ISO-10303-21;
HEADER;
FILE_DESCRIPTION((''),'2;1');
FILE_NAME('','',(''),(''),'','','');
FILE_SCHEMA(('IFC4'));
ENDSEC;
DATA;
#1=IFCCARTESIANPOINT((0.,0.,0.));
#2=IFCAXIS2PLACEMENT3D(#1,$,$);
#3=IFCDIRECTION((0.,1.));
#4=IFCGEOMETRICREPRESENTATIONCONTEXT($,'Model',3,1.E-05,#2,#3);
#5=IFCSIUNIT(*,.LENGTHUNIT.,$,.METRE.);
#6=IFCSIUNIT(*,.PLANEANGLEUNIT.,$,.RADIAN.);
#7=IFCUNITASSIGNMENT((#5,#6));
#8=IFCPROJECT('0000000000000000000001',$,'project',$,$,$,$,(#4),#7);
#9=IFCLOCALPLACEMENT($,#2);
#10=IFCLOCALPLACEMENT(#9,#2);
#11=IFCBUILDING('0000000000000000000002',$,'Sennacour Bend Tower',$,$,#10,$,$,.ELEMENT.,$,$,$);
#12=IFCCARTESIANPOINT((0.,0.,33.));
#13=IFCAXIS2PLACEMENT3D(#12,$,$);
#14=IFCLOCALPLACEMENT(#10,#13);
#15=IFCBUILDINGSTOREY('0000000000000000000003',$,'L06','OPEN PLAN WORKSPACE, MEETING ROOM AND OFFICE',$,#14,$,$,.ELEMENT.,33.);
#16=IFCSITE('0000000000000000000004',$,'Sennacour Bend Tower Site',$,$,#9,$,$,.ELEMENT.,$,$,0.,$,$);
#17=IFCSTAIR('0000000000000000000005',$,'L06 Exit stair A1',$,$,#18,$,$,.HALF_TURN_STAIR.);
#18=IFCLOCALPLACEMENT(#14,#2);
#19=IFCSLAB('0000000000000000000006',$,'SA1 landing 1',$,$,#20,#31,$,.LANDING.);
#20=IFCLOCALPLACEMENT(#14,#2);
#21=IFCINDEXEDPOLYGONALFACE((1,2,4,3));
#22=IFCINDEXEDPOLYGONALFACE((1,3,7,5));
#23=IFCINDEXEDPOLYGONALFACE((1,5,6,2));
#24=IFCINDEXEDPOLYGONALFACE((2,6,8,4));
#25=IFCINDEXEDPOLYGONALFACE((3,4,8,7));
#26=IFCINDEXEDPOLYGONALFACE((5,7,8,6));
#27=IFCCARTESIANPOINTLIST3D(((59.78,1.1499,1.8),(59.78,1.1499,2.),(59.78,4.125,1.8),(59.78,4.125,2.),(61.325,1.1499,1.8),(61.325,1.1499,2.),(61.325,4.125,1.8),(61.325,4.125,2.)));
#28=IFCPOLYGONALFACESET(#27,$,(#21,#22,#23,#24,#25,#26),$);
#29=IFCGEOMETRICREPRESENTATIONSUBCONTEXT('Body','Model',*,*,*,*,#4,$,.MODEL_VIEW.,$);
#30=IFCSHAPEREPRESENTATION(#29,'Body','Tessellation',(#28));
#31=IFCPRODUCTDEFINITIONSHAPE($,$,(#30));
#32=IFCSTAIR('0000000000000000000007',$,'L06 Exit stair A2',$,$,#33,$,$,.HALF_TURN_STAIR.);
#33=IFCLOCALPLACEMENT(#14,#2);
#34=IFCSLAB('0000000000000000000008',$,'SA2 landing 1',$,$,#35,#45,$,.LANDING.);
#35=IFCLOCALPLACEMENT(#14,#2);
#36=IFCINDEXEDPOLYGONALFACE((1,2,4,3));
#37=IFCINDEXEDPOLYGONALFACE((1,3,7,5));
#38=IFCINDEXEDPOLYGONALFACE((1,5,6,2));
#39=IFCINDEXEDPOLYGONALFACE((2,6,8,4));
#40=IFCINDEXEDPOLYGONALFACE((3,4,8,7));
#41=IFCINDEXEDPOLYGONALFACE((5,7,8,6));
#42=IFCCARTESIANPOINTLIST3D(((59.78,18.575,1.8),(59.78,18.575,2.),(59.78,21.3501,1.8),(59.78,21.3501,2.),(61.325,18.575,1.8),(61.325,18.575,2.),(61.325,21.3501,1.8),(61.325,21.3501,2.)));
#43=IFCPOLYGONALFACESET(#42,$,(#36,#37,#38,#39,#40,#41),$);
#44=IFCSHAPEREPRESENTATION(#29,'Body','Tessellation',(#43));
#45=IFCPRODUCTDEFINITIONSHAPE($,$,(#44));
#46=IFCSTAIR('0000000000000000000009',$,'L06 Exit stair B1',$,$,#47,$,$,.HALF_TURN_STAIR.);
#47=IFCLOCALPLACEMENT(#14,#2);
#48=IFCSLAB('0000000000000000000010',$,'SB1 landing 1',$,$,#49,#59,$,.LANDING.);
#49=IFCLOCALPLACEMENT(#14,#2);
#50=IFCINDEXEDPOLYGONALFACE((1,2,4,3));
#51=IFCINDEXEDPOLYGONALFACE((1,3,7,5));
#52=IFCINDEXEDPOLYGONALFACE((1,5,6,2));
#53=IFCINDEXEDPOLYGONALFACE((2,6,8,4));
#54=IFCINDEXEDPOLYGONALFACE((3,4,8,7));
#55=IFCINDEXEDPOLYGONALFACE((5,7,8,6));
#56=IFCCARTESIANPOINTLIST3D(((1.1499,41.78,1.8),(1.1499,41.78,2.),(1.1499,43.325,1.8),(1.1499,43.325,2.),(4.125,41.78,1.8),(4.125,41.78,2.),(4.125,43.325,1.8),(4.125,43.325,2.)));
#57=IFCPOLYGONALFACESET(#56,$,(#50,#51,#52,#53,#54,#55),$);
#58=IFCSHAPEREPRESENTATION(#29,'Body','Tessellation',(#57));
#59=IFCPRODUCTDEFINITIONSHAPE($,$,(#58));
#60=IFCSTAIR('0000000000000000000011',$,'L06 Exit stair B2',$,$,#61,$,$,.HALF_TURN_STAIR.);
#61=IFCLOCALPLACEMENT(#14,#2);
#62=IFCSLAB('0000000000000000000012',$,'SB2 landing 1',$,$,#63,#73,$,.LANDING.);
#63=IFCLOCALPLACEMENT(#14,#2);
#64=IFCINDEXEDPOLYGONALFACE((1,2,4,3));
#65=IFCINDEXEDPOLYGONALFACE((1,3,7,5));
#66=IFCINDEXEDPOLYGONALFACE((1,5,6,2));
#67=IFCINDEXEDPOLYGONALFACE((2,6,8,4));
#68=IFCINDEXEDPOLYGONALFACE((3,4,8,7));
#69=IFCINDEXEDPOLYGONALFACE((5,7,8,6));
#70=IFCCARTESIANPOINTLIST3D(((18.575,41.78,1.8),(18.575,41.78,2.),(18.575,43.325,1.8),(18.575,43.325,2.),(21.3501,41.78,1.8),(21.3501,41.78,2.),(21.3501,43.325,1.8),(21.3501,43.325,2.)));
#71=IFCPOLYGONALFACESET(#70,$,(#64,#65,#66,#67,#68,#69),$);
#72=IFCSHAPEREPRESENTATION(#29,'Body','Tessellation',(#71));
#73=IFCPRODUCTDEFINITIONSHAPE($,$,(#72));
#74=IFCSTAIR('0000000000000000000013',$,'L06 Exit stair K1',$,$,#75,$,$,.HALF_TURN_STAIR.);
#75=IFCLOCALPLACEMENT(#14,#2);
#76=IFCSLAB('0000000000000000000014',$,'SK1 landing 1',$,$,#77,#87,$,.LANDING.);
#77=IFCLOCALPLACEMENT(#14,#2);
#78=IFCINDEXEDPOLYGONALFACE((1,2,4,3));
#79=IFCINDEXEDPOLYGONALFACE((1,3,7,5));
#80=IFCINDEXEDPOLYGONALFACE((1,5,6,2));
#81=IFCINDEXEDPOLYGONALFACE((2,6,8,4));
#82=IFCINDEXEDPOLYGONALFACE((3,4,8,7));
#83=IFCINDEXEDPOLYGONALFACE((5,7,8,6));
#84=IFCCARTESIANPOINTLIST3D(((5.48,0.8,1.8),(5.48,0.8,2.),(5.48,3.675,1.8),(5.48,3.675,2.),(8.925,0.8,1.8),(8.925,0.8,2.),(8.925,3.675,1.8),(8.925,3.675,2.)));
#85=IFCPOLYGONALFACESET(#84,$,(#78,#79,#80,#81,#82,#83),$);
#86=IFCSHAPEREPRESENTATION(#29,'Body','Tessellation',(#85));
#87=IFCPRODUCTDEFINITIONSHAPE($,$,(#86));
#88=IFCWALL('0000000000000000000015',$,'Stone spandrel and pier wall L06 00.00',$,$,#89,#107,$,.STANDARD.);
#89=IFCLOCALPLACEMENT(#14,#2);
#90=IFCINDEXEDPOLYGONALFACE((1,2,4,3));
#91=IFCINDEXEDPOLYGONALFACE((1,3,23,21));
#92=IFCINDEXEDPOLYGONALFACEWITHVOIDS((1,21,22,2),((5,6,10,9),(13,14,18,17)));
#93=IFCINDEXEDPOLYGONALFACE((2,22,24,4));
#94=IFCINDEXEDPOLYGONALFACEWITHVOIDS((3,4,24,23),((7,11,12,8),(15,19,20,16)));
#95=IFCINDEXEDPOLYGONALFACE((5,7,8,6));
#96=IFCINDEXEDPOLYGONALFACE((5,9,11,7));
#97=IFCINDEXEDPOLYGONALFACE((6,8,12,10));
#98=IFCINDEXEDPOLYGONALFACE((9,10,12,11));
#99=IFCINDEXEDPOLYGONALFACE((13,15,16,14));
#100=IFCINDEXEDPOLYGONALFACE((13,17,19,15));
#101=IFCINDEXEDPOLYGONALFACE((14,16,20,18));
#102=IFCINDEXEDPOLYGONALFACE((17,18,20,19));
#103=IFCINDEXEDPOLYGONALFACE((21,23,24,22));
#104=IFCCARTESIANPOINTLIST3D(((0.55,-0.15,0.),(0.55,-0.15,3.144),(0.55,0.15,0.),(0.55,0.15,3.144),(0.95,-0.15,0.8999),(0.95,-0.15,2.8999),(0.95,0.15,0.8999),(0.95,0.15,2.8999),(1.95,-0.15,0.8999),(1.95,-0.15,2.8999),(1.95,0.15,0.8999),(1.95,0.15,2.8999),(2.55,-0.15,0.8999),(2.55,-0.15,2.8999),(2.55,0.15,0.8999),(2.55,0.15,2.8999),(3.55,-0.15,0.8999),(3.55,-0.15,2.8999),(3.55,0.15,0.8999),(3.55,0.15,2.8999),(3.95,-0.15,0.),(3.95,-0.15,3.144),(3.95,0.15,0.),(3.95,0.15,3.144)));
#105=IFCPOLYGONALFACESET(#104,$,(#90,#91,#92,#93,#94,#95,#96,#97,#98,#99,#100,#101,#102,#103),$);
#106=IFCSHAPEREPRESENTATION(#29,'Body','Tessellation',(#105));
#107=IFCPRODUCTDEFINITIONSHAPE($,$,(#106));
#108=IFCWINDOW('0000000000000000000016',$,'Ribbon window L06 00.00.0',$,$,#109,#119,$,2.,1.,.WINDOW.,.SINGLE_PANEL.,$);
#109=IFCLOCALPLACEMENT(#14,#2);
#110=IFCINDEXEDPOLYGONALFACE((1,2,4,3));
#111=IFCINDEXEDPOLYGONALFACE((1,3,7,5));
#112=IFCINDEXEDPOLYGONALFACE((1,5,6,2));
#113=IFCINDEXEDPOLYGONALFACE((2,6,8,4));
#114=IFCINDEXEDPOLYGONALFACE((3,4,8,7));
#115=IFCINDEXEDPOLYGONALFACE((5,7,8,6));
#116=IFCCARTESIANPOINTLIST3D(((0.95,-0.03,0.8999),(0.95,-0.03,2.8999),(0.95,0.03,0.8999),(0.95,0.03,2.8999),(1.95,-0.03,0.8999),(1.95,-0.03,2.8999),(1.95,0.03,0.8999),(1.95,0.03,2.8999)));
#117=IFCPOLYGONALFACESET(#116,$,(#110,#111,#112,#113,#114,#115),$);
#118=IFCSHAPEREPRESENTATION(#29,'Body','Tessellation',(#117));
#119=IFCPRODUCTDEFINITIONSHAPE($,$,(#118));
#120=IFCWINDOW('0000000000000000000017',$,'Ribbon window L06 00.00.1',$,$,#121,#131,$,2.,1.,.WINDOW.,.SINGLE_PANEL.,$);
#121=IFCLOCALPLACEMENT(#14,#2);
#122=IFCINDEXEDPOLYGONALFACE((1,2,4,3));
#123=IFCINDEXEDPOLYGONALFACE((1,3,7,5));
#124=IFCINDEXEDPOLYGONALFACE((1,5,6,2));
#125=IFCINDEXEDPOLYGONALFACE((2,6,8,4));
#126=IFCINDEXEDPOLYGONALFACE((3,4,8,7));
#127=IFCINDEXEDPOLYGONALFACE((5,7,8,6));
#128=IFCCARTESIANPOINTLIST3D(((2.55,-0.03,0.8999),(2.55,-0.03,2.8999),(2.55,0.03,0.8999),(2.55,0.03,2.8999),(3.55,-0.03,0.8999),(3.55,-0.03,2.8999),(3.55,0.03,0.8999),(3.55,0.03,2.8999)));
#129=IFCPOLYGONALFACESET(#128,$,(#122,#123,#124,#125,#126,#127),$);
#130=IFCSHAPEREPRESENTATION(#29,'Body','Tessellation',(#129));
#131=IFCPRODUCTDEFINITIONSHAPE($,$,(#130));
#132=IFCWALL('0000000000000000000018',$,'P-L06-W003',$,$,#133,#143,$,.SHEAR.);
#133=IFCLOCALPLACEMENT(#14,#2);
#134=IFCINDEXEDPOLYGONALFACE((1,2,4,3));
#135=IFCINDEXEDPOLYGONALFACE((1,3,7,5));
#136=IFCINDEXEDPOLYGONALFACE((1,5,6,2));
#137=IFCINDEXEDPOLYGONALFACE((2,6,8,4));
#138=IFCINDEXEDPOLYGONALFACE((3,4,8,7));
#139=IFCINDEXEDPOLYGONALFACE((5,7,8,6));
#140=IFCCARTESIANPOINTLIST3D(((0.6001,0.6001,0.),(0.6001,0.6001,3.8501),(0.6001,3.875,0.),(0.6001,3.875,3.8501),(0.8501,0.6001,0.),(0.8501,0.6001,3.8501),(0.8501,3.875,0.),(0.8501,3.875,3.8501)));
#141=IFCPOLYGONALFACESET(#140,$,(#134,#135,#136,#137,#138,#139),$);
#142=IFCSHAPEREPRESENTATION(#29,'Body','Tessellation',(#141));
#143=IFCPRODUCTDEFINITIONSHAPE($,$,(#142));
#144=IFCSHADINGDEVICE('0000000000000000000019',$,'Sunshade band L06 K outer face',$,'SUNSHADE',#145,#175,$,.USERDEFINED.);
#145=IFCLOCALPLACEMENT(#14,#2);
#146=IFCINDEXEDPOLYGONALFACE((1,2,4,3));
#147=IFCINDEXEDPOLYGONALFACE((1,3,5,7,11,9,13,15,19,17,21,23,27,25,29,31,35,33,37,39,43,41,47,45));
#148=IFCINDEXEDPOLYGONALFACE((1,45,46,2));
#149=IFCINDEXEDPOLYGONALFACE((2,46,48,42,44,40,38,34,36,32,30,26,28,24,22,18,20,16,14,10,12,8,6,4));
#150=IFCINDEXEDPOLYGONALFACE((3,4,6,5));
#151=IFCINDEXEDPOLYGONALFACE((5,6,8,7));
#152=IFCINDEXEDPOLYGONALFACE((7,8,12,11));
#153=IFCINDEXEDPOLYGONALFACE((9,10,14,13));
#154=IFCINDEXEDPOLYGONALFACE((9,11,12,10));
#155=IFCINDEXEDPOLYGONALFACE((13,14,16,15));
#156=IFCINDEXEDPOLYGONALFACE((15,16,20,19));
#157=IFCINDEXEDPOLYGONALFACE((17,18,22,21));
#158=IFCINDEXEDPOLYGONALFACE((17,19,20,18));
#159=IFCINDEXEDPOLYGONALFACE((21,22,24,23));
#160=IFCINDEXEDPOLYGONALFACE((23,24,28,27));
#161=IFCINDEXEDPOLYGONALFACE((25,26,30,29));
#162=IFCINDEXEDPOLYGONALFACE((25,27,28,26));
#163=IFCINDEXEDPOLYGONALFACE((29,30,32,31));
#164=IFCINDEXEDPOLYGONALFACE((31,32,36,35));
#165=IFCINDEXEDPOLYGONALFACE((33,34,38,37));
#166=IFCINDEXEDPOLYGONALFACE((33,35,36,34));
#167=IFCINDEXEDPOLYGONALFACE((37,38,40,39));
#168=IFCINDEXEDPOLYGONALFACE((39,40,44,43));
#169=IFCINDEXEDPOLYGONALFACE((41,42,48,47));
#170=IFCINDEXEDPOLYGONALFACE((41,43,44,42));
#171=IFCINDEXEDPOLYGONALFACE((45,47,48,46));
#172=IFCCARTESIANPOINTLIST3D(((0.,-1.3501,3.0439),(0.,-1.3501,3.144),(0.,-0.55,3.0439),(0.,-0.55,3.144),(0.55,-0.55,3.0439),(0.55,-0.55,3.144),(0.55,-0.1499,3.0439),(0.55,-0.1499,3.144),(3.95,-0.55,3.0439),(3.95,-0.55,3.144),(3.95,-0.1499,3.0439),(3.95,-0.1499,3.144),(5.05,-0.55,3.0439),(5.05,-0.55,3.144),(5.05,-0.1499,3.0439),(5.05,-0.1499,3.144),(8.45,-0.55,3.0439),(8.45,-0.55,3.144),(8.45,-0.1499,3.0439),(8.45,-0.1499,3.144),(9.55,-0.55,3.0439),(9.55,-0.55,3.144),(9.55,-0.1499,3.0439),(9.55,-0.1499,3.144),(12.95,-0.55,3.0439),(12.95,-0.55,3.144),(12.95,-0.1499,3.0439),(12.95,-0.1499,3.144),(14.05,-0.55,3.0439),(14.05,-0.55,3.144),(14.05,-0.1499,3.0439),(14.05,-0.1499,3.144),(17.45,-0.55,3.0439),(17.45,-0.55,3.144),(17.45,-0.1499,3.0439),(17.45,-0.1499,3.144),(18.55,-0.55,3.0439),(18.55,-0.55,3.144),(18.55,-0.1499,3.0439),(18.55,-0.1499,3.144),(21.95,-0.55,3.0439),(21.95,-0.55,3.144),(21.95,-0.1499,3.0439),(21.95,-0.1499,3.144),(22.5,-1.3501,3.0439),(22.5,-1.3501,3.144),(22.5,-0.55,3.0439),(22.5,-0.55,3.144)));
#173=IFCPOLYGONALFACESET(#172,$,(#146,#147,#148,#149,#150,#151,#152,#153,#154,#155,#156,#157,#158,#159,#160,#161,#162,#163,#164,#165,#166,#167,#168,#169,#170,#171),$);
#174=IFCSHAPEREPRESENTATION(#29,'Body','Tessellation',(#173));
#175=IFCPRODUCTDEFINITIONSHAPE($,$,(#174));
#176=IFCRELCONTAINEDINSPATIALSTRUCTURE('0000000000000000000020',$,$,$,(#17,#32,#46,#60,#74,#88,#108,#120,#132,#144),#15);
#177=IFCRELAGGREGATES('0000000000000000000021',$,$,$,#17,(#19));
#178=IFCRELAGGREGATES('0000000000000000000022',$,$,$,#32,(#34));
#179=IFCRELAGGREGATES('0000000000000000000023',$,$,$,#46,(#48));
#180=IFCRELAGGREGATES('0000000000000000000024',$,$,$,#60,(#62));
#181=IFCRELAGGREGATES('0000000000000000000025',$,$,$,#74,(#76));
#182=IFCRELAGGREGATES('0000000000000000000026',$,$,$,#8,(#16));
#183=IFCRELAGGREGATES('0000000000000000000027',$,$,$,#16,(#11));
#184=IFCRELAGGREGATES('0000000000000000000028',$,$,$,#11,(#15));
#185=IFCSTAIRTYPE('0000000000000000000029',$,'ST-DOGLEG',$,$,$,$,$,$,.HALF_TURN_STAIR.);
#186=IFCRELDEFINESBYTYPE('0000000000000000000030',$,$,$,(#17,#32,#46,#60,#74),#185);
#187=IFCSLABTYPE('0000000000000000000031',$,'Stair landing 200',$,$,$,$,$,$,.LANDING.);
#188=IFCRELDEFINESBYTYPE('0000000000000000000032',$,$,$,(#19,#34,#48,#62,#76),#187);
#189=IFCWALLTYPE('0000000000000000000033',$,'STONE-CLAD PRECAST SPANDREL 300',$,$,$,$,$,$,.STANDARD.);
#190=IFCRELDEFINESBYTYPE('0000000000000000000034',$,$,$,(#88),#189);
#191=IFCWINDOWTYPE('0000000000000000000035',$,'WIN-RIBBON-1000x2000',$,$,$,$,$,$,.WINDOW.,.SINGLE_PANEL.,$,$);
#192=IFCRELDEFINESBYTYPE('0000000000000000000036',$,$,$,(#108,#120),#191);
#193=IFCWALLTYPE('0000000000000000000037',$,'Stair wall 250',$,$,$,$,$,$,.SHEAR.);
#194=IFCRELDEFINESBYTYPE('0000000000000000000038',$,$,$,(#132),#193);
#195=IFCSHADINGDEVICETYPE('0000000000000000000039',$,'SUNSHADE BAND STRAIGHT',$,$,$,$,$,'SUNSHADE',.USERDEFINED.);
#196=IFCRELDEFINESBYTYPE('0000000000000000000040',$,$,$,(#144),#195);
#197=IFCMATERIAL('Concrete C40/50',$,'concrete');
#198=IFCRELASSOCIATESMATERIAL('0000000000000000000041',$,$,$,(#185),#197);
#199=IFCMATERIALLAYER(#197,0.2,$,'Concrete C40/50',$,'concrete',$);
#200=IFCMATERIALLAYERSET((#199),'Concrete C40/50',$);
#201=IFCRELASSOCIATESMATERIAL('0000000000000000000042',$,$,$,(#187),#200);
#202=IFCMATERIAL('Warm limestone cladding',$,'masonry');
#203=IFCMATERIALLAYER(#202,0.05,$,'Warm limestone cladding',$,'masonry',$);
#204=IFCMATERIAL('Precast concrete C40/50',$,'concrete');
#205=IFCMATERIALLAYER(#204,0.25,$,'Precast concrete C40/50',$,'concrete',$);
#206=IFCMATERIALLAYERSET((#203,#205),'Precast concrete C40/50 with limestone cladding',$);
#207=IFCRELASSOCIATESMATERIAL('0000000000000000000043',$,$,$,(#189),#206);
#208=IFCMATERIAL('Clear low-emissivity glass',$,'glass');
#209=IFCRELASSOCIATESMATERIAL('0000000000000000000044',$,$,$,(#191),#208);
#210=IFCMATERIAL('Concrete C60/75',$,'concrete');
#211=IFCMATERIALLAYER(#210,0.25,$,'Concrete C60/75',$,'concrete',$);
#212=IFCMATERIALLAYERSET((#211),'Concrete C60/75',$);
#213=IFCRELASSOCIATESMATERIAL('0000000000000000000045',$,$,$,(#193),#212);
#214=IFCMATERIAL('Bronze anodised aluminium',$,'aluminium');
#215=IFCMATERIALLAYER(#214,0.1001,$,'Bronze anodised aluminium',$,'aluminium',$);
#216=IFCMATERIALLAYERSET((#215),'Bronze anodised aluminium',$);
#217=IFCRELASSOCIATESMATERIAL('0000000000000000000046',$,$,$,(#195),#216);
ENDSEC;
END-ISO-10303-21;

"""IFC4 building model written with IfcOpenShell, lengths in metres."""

from ifc_helpers import new_model, si_unit, direction, frame, frame_2d, origin, place, context, subcontext, project, spatial, polyline, rectangle, outline, extrude, material, layer, layer_set, type_object, element, fill, aggregate, save


model = new_model("IFC4")

# Units and contexts
model_context = context("Model", 3, precision=1e-05, world=origin(), true_north=direction((0.0, 1.0)))
body_context = subcontext(model_context, "Body", "Model", "MODEL_VIEW")
ifc_project = project(units=[si_unit("LENGTHUNIT", "METRE"), si_unit("PLANEANGLEUNIT", "RADIAN")], contexts=[model_context])

# Site, building, storey
site_placement = place(None, origin())
site = spatial("IfcSite", under=ifc_project, at=site_placement, Name="Sennacour Bend Tower Site", CompositionType="ELEMENT", RefElevation=0.0)
building_placement = place(site_placement, origin())
building = spatial("IfcBuilding", under=site, at=building_placement, Name="Sennacour Bend Tower", CompositionType="ELEMENT")
storey_placement = place(building_placement, frame((0.0, 0.0, 33.0)))
storey = spatial("IfcBuildingStorey", under=building, at=storey_placement, Name="L06", Description="OPEN PLAN WORKSPACE, MEETING ROOM AND OFFICE", CompositionType="ELEMENT", Elevation=33.0)

# Shared definitions
ifc_material_1 = material(Name="Concrete C40/50", Category="concrete")

# Stairs, slabs
stair_type = type_object("IfcStairType", Name="ST-DOGLEG", PredefinedType="HALF_TURN_STAIR", material=ifc_material_1)
stair_1_placement = place(storey_placement, origin())
stair_1 = element("IfcStair", 1, at=stair_1_placement, inside=storey, type_object=stair_type, Name="L06 Exit stair A1", PredefinedType="HALF_TURN_STAIR")
ifc_layer_1 = layer(ifc_material_1, 0.2, Name="Concrete C40/50", Category="concrete")
ifc_layer_set_1 = layer_set([ifc_layer_1], Name="Concrete C40/50")
slab_type_1 = type_object("IfcSlabType", Name="Stair landing 200", PredefinedType="LANDING", material=ifc_layer_set_1)
slab_1_placement = place(storey_placement, frame((0.0, 0.0, 1.8)))
slab_1 = element("IfcSlab", 2, at=slab_1_placement, type_object=slab_type_1, Name="SA1 landing 1", PredefinedType="LANDING", context=body_context, shape_type="SweptSolid", body=[
    extrude(outline(polyline([(59.78, 1.1499), (61.325, 1.1499), (61.325, 4.125), (59.78, 4.125), (59.78, 1.1499)])), origin(), (0.0, 0.0, 1.0), 0.2),
])
aggregate(stair_1, [slab_1])
stair_2_placement = place(storey_placement, origin())
stair_2 = element("IfcStair", 3, at=stair_2_placement, inside=storey, type_object=stair_type, Name="L06 Exit stair A2", PredefinedType="HALF_TURN_STAIR")
slab_2_placement = place(storey_placement, frame((0.0, 0.0, 1.8)))
slab_2 = element("IfcSlab", 4, at=slab_2_placement, type_object=slab_type_1, Name="SA2 landing 1", PredefinedType="LANDING", context=body_context, shape_type="SweptSolid", body=[
    extrude(outline(polyline([(59.78, 18.575), (61.325, 18.575), (61.325, 21.3501), (59.78, 21.3501), (59.78, 18.575)])), origin(), (0.0, 0.0, 1.0), 0.2),
])
aggregate(stair_2, [slab_2])
stair_3_placement = place(storey_placement, origin())
stair_3 = element("IfcStair", 5, at=stair_3_placement, inside=storey, type_object=stair_type, Name="L06 Exit stair B1", PredefinedType="HALF_TURN_STAIR")
slab_3_placement = place(storey_placement, frame((0.0, 0.0, 1.8)))
slab_3 = element("IfcSlab", 6, at=slab_3_placement, type_object=slab_type_1, Name="SB1 landing 1", PredefinedType="LANDING", context=body_context, shape_type="SweptSolid", body=[
    extrude(outline(polyline([(1.1499, 41.78), (4.125, 41.78), (4.125, 43.325), (1.1499, 43.325), (1.1499, 41.78)])), origin(), (0.0, 0.0, 1.0), 0.2),
])
aggregate(stair_3, [slab_3])
stair_4_placement = place(storey_placement, origin())
stair_4 = element("IfcStair", 7, at=stair_4_placement, inside=storey, type_object=stair_type, Name="L06 Exit stair B2", PredefinedType="HALF_TURN_STAIR")
slab_4_placement = place(storey_placement, frame((0.0, 0.0, 1.8)))
slab_4 = element("IfcSlab", 8, at=slab_4_placement, type_object=slab_type_1, Name="SB2 landing 1", PredefinedType="LANDING", context=body_context, shape_type="SweptSolid", body=[
    extrude(outline(polyline([(18.575, 41.78), (21.3501, 41.78), (21.3501, 43.325), (18.575, 43.325), (18.575, 41.78)])), origin(), (0.0, 0.0, 1.0), 0.2),
])
aggregate(stair_4, [slab_4])
stair_5_placement = place(storey_placement, origin())
stair_5 = element("IfcStair", 9, at=stair_5_placement, inside=storey, type_object=stair_type, Name="L06 Exit stair K1", PredefinedType="HALF_TURN_STAIR")
slab_5_placement = place(storey_placement, frame((0.0, 0.0, 1.8)))
slab_5 = element("IfcSlab", 10, at=slab_5_placement, type_object=slab_type_1, Name="SK1 landing 1", PredefinedType="LANDING", context=body_context, shape_type="SweptSolid", body=[
    extrude(outline(polyline([(5.48, 0.8), (8.925, 0.8), (8.925, 3.675), (5.48, 3.675), (5.48, 0.8)])), origin(), (0.0, 0.0, 1.0), 0.2),
])
aggregate(stair_5, [slab_5])

# Wall, openings, windows
ifc_material_2 = material(Name="Warm limestone cladding", Category="masonry")
ifc_layer_2 = layer(ifc_material_2, 0.05, Name="Warm limestone cladding", Category="masonry")
ifc_material_3 = material(Name="Precast concrete C40/50", Category="concrete")
ifc_layer_3 = layer(ifc_material_3, 0.25, Name="Precast concrete C40/50", Category="concrete")
ifc_layer_set_2 = layer_set([ifc_layer_2, ifc_layer_3], Name="Precast concrete C40/50 with limestone cladding")
wall_type_1 = type_object("IfcWallType", Name="STONE-CLAD PRECAST SPANDREL 300", PredefinedType="STANDARD", material=ifc_layer_set_2)
wall_1_placement = place(storey_placement, frame((0.55, 0.0, 0.0), z_axis=(0.0, 0.0, 1.0), x_axis=(1.0, 0.0, 0.0)))
wall_1 = element("IfcWall", 11, at=wall_1_placement, inside=storey, type_object=wall_type_1, Name="Stone spandrel and pier wall L06 00.00", PredefinedType="STANDARD", context=body_context, shape_type="SweptSolid", body=[
    extrude(rectangle(XDim=3.3999, YDim=0.3, at=frame_2d((1.7, 0.0))), origin(), (0.0, 0.0, 1.0), 3.144),
])
opening_1_placement = place(wall_1_placement, frame((0.3999, 0.0, 0.8999)))
opening_1 = element("IfcOpeningElement", 12, at=opening_1_placement, cuts=wall_1, PredefinedType="OPENING", context=body_context, shape_type="SweptSolid", body=[
    extrude(rectangle(XDim=1.0, YDim=2.0, at=frame_2d((0.5, 1.0))), frame((0.0, 0.1602, 0.0), z_axis=(0.0, -1.0, 0.0), x_axis=(1.0, 0.0, 0.0)), (0.0, 0.0, 1.0), 0.3201),
])
opening_2_placement = place(wall_1_placement, frame((2.0, 0.0, 0.8999)))
opening_2 = element("IfcOpeningElement", 13, at=opening_2_placement, cuts=wall_1, PredefinedType="OPENING", context=body_context, shape_type="SweptSolid", body=[
    extrude(rectangle(XDim=1.0, YDim=2.0, at=frame_2d((0.5, 1.0))), frame((0.0, 0.1602, 0.0), z_axis=(0.0, -1.0, 0.0), x_axis=(1.0, 0.0, 0.0)), (0.0, 0.0, 1.0), 0.3201),
])
ifc_material_4 = material(Name="Clear low-emissivity glass", Category="glass")
window_type = type_object("IfcWindowType", Name="WIN-RIBBON-1000x2000", PartitioningType="SINGLE_PANEL", PredefinedType="WINDOW", material=ifc_material_4)
window_1_placement = place(opening_1_placement, origin())
window_1 = element("IfcWindow", 14, at=window_1_placement, inside=storey, type_object=window_type, Name="Ribbon window L06 00.00.0", OverallHeight=2.0, OverallWidth=1.0, PartitioningType="SINGLE_PANEL", PredefinedType="WINDOW", context=body_context, shape_type="SweptSolid", body=[
    extrude(rectangle(XDim=1.0, YDim=2.0, at=frame_2d((0.5, 1.0))), frame((0.0, 0.03, 0.0), z_axis=(0.0, -1.0, 0.0), x_axis=(1.0, 0.0, 0.0)), (0.0, 0.0, 1.0), 0.0601),
])
fill(opening_1, window_1)
window_2_placement = place(opening_2_placement, origin())
window_2 = element("IfcWindow", 15, at=window_2_placement, inside=storey, type_object=window_type, Name="Ribbon window L06 00.00.1", OverallHeight=2.0, OverallWidth=1.0, PartitioningType="SINGLE_PANEL", PredefinedType="WINDOW", context=body_context, shape_type="SweptSolid", body=[
    extrude(rectangle(XDim=1.0, YDim=2.0, at=frame_2d((0.5, 1.0))), frame((0.0, 0.03, 0.0), z_axis=(0.0, -1.0, 0.0), x_axis=(1.0, 0.0, 0.0)), (0.0, 0.0, 1.0), 0.0601),
])
fill(opening_2, window_2)

# Wall
ifc_material_5 = material(Name="Concrete C60/75", Category="concrete")
ifc_layer_4 = layer(ifc_material_5, 0.25, Name="Concrete C60/75", Category="concrete")
ifc_layer_set_3 = layer_set([ifc_layer_4], Name="Concrete C60/75")
wall_type_2 = type_object("IfcWallType", Name="Stair wall 250", PredefinedType="SHEAR", material=ifc_layer_set_3)
wall_2_placement = place(storey_placement, frame((0.7251, 0.6001, 0.0), z_axis=(0.0, 0.0, 1.0), x_axis=(0.0, 1.0, 0.0)))
element("IfcWall", 16, at=wall_2_placement, inside=storey, type_object=wall_type_2, Name="P-L06-W003", PredefinedType="SHEAR", context=body_context, shape_type="SweptSolid", body=[
    extrude(rectangle(XDim=3.2749, YDim=0.25, at=frame_2d((1.6375, 0.0))), origin(), (0.0, 0.0, 1.0), 3.8501),
])

# Shading device
ifc_material_6 = material(Name="Bronze anodised aluminium", Category="aluminium")
ifc_layer_5 = layer(ifc_material_6, 0.1001, Name="Bronze anodised aluminium", Category="aluminium")
ifc_layer_set_4 = layer_set([ifc_layer_5], Name="Bronze anodised aluminium")
shading_device_type_1 = type_object("IfcShadingDeviceType", Name="SUNSHADE BAND STRAIGHT", ElementType="SUNSHADE", PredefinedType="USERDEFINED", material=ifc_layer_set_4)
shading_device_1_placement = place(storey_placement, frame((0.0, 0.0, 3.0439)))
element("IfcShadingDevice", 17, at=shading_device_1_placement, inside=storey, type_object=shading_device_type_1, Name="Sunshade band L06 K outer face", ObjectType="SUNSHADE", PredefinedType="USERDEFINED", context=body_context, shape_type="SweptSolid", body=[
    extrude(outline(polyline([(3.95, -0.1499), (3.95, -0.55), (5.05, -0.55), (5.05, -0.1499), (8.45, -0.1499), (8.45, -0.55), (9.55, -0.55), (9.55, -0.1499), (12.95, -0.1499), (12.95, -0.55), (14.05, -0.55), (14.05, -0.1499), (17.45, -0.1499), (17.45, -0.55), (18.55, -0.55), (18.55, -0.1499), (21.95, -0.1499), (21.95, -0.55), (22.5, -0.55), (22.5, -1.3501), (0.0, -1.3501), (0.0, -0.55), (0.55, -0.55), (0.55, -0.1499), (3.95, -0.1499)])), origin(), (0.0, 0.0, 1.0), 0.1001),
])

save(model, "model.ifc")
